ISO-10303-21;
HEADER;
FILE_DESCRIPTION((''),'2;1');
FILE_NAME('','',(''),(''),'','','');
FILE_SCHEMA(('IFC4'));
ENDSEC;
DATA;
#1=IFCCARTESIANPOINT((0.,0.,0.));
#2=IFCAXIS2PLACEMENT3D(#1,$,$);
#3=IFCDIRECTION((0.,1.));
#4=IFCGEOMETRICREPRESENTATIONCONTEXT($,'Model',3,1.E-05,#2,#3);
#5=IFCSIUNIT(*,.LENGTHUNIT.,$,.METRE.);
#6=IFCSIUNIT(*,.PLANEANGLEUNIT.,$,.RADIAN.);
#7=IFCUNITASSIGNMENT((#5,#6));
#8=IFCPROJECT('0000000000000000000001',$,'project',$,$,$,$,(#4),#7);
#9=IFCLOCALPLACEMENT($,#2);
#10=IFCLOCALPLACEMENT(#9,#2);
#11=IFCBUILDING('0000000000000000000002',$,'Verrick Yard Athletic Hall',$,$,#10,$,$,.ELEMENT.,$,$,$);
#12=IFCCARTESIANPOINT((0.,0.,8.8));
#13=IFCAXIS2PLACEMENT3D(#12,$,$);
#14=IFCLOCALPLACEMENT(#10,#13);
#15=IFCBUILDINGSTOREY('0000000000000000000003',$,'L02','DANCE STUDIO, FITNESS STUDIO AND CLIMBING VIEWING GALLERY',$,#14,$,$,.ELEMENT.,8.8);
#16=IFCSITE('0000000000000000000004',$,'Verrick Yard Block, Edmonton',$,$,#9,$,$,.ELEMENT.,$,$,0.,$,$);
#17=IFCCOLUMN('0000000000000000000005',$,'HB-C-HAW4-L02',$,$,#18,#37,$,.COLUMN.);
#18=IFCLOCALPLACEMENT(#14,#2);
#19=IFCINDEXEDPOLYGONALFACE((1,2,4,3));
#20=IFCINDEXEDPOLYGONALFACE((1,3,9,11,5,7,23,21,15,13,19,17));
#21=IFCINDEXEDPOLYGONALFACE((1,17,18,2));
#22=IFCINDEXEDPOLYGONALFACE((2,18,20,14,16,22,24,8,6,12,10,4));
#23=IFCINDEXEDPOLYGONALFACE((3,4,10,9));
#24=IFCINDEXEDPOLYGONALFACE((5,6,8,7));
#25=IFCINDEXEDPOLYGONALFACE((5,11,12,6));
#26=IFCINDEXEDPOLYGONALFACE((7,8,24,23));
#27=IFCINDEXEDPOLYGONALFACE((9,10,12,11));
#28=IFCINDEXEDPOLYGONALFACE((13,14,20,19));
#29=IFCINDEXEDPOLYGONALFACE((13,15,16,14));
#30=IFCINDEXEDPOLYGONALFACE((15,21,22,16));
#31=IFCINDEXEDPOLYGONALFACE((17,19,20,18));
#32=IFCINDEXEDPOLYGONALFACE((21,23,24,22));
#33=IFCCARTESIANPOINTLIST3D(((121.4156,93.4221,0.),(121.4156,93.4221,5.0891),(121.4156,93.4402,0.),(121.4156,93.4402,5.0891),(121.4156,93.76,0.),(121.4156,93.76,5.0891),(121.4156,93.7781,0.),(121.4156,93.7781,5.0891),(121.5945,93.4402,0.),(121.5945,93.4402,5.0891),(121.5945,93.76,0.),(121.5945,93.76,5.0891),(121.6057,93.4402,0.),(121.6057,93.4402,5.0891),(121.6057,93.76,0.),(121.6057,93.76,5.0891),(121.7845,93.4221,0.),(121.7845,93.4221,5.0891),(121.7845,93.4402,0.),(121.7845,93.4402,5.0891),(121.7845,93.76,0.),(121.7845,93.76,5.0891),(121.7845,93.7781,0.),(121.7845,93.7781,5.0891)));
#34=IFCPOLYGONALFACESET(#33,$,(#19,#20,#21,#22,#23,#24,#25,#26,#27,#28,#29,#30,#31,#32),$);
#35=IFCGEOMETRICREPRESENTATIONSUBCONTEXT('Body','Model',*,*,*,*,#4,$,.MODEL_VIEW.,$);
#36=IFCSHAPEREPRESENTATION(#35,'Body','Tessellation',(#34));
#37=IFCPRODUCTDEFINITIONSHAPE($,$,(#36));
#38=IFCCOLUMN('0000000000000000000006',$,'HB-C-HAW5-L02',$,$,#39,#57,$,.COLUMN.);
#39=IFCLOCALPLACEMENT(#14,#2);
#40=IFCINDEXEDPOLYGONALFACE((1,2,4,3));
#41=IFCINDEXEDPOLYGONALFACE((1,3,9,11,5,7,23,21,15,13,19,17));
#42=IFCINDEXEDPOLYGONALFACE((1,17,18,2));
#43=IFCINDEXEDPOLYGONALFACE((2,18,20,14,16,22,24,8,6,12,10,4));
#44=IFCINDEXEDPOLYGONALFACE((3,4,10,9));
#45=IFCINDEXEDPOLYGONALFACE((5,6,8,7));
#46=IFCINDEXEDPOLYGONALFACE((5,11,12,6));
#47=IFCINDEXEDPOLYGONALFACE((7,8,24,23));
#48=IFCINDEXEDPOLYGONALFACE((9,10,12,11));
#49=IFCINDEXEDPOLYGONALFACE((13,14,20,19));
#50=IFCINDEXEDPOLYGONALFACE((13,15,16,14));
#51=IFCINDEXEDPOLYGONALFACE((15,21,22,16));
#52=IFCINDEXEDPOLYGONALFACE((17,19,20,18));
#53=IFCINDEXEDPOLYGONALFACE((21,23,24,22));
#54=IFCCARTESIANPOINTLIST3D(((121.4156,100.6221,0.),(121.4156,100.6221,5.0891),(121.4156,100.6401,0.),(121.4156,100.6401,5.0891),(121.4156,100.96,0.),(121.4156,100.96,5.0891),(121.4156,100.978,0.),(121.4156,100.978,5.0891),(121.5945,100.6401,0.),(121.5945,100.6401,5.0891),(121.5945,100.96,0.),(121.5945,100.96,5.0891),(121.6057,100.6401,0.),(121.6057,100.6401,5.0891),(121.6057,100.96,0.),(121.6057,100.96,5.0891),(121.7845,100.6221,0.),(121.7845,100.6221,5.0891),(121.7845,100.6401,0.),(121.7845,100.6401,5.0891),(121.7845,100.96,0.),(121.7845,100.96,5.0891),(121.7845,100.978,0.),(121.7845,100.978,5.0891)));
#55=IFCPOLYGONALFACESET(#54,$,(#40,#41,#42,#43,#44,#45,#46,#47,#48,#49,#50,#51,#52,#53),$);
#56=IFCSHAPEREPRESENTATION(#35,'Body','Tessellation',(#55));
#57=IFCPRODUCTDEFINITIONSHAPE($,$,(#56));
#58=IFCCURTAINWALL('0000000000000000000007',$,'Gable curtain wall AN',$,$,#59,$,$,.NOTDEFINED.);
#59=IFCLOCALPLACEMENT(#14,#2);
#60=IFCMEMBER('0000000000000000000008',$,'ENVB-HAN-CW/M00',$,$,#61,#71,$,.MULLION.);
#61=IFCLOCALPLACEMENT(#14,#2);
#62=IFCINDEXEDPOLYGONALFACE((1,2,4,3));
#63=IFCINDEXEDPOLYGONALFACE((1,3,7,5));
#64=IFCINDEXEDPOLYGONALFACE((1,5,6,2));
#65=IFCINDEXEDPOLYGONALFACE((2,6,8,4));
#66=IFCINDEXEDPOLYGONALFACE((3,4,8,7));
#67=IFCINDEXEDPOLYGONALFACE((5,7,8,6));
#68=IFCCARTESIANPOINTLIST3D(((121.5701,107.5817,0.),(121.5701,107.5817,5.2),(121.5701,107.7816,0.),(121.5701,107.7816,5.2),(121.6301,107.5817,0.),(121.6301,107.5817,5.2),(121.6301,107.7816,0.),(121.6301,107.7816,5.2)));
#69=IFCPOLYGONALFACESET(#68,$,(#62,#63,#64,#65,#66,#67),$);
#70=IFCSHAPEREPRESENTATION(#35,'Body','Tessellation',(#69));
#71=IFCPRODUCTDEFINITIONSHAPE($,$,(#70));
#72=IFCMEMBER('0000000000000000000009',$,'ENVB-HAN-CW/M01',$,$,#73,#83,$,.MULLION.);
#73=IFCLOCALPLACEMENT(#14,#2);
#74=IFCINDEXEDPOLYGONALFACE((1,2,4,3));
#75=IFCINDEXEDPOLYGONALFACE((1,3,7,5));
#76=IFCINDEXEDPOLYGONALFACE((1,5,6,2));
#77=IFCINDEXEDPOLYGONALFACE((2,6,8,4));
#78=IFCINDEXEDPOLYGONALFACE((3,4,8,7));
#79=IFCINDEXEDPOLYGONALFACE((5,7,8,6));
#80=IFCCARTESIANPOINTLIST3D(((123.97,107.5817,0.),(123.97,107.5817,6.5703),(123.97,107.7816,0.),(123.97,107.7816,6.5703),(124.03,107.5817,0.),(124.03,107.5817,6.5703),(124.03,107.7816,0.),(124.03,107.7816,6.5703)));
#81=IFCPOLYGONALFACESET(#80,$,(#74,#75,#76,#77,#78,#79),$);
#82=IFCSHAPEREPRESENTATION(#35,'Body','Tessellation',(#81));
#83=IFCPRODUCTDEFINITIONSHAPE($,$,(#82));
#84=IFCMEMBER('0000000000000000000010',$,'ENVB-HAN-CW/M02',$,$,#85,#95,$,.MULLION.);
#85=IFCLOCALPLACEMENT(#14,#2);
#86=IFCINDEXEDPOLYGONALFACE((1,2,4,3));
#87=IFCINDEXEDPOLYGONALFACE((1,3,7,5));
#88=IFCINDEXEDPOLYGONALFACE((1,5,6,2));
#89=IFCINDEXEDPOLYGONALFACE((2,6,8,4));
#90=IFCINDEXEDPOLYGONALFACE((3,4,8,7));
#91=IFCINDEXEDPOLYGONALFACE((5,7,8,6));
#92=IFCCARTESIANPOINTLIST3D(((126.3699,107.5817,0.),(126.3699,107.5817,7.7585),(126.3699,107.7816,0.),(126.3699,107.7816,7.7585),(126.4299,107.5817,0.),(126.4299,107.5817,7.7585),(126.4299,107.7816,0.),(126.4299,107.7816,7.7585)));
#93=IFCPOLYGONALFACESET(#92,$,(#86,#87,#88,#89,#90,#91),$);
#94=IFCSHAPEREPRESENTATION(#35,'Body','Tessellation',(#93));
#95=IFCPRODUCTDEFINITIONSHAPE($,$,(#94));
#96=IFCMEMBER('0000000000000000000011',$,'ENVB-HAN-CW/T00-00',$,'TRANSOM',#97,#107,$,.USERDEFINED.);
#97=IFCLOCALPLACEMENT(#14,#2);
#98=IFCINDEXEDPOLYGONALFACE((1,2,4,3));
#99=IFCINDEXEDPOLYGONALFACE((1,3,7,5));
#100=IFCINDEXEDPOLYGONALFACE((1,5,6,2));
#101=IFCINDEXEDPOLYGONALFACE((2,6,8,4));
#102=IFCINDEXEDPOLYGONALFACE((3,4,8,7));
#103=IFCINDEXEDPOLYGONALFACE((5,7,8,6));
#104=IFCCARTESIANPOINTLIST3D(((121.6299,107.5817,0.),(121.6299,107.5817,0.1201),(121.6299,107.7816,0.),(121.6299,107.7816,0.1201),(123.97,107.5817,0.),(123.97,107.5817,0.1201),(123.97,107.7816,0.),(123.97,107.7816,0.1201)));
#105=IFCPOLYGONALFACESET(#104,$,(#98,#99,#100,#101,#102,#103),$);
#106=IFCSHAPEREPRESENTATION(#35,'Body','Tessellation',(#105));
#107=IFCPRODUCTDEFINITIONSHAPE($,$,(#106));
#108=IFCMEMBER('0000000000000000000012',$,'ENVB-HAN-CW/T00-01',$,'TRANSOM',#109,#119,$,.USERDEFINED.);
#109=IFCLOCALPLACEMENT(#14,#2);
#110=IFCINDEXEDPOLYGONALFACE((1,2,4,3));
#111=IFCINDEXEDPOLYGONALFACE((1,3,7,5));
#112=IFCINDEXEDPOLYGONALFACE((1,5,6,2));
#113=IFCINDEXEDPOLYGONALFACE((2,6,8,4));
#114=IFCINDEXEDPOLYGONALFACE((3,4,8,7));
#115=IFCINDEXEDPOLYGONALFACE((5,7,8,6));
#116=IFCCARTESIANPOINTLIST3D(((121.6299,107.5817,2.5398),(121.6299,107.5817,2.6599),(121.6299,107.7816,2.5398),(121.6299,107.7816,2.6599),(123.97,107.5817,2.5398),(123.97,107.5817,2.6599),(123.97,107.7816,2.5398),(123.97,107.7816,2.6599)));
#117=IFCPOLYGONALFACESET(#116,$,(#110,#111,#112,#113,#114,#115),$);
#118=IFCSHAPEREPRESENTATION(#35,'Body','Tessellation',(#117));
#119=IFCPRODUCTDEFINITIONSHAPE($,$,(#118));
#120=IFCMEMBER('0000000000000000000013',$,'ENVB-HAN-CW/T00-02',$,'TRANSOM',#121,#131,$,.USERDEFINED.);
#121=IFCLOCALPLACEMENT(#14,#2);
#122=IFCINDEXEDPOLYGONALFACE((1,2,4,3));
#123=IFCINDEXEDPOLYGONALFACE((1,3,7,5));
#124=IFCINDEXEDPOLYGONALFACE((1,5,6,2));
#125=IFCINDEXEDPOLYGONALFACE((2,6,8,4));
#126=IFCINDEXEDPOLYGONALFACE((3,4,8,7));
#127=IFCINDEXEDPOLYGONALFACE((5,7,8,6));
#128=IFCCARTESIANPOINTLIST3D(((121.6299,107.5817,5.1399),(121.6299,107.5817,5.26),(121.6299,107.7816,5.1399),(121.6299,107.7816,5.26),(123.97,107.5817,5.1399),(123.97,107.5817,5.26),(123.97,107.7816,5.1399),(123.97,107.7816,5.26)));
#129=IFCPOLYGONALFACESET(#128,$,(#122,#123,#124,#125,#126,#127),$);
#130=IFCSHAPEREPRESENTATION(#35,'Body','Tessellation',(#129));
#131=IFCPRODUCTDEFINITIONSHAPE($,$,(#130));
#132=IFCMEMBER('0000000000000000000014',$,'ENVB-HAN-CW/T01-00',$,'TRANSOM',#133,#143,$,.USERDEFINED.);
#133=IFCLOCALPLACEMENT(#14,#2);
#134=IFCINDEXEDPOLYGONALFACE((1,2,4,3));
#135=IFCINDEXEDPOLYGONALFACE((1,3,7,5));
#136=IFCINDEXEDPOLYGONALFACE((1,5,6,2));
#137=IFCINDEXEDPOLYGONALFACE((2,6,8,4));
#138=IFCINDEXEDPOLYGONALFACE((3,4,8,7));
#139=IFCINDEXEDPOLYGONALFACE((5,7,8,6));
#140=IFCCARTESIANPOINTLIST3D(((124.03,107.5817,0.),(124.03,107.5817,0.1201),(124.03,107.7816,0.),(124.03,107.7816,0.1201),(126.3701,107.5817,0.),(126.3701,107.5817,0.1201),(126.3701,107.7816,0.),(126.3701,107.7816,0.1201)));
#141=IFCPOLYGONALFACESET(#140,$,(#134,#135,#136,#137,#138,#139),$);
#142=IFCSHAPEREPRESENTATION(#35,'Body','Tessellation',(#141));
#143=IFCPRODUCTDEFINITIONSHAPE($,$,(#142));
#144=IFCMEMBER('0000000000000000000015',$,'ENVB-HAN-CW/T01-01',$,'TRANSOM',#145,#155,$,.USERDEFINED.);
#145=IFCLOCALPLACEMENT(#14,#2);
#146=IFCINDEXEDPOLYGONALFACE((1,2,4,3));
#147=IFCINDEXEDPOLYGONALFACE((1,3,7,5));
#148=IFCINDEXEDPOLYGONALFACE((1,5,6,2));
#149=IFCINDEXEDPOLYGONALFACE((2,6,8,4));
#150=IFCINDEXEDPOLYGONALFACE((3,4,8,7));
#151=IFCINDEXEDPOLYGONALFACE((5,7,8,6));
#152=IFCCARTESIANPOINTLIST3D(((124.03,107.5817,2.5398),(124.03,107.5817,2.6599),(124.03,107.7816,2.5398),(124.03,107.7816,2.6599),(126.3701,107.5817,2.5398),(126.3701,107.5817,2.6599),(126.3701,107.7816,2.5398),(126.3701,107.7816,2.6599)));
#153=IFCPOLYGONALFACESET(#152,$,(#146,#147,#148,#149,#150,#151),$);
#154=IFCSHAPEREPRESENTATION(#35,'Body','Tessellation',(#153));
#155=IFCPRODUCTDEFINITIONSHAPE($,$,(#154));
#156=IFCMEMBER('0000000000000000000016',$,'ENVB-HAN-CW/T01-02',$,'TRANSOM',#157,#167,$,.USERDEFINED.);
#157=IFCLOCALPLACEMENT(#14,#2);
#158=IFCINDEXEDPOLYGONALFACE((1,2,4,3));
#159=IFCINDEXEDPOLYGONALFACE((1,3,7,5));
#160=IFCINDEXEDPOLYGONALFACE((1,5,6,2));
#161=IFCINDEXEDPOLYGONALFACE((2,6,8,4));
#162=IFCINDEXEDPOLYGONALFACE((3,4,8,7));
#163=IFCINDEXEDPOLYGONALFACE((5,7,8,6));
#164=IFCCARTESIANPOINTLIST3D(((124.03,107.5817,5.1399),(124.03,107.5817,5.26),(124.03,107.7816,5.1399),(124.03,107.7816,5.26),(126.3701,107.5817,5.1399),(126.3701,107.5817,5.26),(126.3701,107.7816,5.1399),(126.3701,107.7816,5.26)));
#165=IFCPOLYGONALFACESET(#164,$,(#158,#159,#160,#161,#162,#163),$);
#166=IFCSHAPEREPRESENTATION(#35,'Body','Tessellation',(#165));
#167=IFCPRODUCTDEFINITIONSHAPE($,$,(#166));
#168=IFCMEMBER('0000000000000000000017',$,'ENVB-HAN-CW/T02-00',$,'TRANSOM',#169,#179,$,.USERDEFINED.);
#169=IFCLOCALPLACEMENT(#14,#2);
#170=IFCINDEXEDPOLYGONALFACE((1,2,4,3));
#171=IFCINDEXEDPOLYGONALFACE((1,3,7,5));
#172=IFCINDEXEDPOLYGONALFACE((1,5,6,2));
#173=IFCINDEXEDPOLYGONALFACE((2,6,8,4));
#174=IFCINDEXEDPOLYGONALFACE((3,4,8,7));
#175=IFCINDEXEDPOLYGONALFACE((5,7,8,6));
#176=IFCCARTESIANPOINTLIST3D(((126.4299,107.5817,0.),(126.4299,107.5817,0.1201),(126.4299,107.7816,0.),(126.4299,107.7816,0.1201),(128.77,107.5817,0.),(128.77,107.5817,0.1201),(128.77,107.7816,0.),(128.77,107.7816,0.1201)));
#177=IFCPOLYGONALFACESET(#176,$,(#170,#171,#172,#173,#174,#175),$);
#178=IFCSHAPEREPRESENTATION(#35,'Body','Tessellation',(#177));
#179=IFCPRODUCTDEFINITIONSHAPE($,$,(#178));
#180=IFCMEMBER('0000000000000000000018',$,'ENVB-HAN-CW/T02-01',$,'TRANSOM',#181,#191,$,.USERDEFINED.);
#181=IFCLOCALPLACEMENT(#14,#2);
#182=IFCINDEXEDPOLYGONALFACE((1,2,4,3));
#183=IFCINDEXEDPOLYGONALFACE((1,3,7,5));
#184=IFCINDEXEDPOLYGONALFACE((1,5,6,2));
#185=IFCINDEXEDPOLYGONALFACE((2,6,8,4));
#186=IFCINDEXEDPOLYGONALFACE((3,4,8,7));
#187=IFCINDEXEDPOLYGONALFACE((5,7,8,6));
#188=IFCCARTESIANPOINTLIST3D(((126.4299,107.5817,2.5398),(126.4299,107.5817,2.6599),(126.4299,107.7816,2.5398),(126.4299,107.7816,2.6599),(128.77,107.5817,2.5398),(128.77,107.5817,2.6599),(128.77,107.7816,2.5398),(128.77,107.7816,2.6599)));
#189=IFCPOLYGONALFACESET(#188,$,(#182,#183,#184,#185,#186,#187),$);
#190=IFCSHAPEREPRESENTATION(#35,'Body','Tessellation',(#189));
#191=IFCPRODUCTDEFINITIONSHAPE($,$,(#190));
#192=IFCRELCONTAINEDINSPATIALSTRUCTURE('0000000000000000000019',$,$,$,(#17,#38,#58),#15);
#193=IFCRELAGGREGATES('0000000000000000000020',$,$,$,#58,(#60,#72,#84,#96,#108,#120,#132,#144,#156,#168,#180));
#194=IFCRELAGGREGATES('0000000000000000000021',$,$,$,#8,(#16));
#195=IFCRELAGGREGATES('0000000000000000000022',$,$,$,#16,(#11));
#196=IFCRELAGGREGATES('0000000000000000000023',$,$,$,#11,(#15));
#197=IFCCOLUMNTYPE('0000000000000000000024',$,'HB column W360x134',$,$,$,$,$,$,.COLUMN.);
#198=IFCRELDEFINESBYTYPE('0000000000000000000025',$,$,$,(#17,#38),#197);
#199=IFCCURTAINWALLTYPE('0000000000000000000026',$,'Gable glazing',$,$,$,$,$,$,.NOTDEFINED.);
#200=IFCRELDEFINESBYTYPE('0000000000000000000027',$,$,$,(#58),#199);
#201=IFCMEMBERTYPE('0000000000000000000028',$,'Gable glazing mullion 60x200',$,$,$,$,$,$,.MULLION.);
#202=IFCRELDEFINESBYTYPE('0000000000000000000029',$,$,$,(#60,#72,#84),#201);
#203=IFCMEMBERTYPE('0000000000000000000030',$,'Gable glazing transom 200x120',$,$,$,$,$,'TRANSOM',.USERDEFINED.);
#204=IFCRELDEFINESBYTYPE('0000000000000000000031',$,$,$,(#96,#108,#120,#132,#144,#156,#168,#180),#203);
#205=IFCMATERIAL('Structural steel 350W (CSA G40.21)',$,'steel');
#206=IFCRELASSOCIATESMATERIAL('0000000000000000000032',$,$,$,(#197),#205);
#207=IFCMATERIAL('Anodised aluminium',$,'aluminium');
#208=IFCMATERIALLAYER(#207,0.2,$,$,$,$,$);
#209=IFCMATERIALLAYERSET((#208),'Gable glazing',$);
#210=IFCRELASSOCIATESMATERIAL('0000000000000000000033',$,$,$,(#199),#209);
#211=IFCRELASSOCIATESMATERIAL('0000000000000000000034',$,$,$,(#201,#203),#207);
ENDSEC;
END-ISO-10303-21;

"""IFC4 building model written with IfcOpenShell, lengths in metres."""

from ifc_helpers import new_model, si_unit, direction, frame, origin, origin_2d, place, context, subcontext, project, spatial, rectangle, i_section, extrude, material, layer, layer_set, material_profile, profile_set, type_object, element, aggregate, save


model = new_model("IFC4")

# Units and contexts
model_context = context("Model", 3, precision=1e-05, world=origin(), true_north=direction((0.0, 1.0)))
body_context = subcontext(model_context, "Body", "Model", "MODEL_VIEW")
ifc_project = project(units=[si_unit("LENGTHUNIT", "METRE"), si_unit("PLANEANGLEUNIT", "RADIAN")], contexts=[model_context])

# Site, building, storey
site_placement = place(None, origin())
site = spatial("IfcSite", under=ifc_project, at=site_placement, Name="Verrick Yard Block, Edmonton", CompositionType="ELEMENT", RefElevation=0.0)
building_placement = place(site_placement, origin())
building = spatial("IfcBuilding", under=site, at=building_placement, Name="Verrick Yard Athletic Hall", CompositionType="ELEMENT")
storey_placement = place(building_placement, frame((0.0, 0.0, 8.8)))
storey = spatial("IfcBuildingStorey", under=building, at=storey_placement, Name="L02", Description="DANCE STUDIO, FITNESS STUDIO AND CLIMBING VIEWING GALLERY", CompositionType="ELEMENT", Elevation=8.8)

# Columns
ifc_material_1 = material(Name="Structural steel 350W (CSA G40.21)", Category="steel")
ifc_material_profile_1 = material_profile(ifc_material_1, i_section(OverallWidth=0.3689, OverallDepth=0.356, WebThickness=0.0112, FlangeThickness=0.0181, at=origin_2d()), Name="W360x134")
ifc_profile_set_1 = profile_set([ifc_material_profile_1], Name="Structural steel 350W (CSA G40.21)")
column_type = type_object("IfcColumnType", Name="HB column W360x134", PredefinedType="COLUMN", material=ifc_profile_set_1)
for number, where, z_axis, x_axis, name in (
    (1, (121.6001, 93.6001, 0.0), (0.0, 0.0, 1.0), (1.0, 0.0, 0.0), "HB-C-HAW4-L02"),
    (2, (121.6001, 100.8, 0.0), (0.0, 0.0, 1.0), (1.0, 0.0, 0.0), "HB-C-HAW5-L02"),
):
    element("IfcColumn", number, at=place(storey_placement, frame(where, z_axis=z_axis, x_axis=x_axis)), inside=storey, type_object=column_type, Name=name, PredefinedType="COLUMN", context=body_context, shape_type="SweptSolid", body=[
        extrude(i_section(OverallWidth=0.3689, OverallDepth=0.356, WebThickness=0.0112, FlangeThickness=0.0181, at=origin_2d()), origin(), (0.0, 0.0, 1.0), 5.0891),
    ])

# Curtain wall, members
ifc_material_2 = material(Name="Anodised aluminium", Category="aluminium")
ifc_layer_1 = layer(ifc_material_2, 0.2)
ifc_layer_set_1 = layer_set([ifc_layer_1], Name="Gable glazing")
curtain_wall_type = type_object("IfcCurtainWallType", Name="Gable glazing", PredefinedType="NOTDEFINED", material=ifc_layer_set_1)
curtain_wall_placement = place(storey_placement, origin())
curtain_wall = element("IfcCurtainWall", 3, at=curtain_wall_placement, inside=storey, type_object=curtain_wall_type, Name="Gable curtain wall AN", PredefinedType="NOTDEFINED")
ifc_material_profile_2 = material_profile(ifc_material_2, rectangle(XDim=0.2, YDim=0.0601, at=origin_2d()), Name="CW gable mullion 60x200")
ifc_profile_set_2 = profile_set([ifc_material_profile_2], Name="Anodised aluminium")
member_type_1 = type_object("IfcMemberType", Name="Gable glazing mullion 60x200", PredefinedType="MULLION", material=ifc_profile_set_2)
member_1_placement = place(storey_placement, frame((121.6001, 107.6816, 0.0), z_axis=(0.0, 0.0, 1.0), x_axis=(0.0, 1.0, 0.0)))
member_1 = element("IfcMember", 4, at=member_1_placement, type_object=member_type_1, Name="ENVB-HAN-CW/M00", PredefinedType="MULLION", context=body_context, shape_type="SweptSolid", body=[
    extrude(rectangle(XDim=0.2, YDim=0.0601, at=origin_2d()), origin(), (0.0, 0.0, 1.0), 5.2),
])
member_2_placement = place(storey_placement, frame((124.0, 107.6816, 0.0), z_axis=(0.0, 0.0, 1.0), x_axis=(0.0, 1.0, 0.0)))
member_2 = element("IfcMember", 5, at=member_2_placement, type_object=member_type_1, Name="ENVB-HAN-CW/M01", PredefinedType="MULLION", context=body_context, shape_type="SweptSolid", body=[
    extrude(rectangle(XDim=0.2, YDim=0.0601, at=origin_2d()), origin(), (0.0, 0.0, 1.0), 6.5703),
])
member_3_placement = place(storey_placement, frame((126.3999, 107.6816, 0.0), z_axis=(0.0, 0.0, 1.0), x_axis=(0.0, 1.0, 0.0)))
member_3 = element("IfcMember", 6, at=member_3_placement, type_object=member_type_1, Name="ENVB-HAN-CW/M02", PredefinedType="MULLION", context=body_context, shape_type="SweptSolid", body=[
    extrude(rectangle(XDim=0.2, YDim=0.0601, at=origin_2d()), origin(), (0.0, 0.0, 1.0), 7.7585),
])
ifc_material_profile_3 = material_profile(ifc_material_2, rectangle(XDim=0.2, YDim=0.1201, at=origin_2d()), Name="CW gable transom 200x120")
ifc_profile_set_3 = profile_set([ifc_material_profile_3], Name="Anodised aluminium")
member_type_2 = type_object("IfcMemberType", Name="Gable glazing transom 200x120", ElementType="TRANSOM", PredefinedType="USERDEFINED", material=ifc_profile_set_3)
member_4_placement = place(storey_placement, frame((121.6299, 107.6816, 0.0601), z_axis=(1.0, 0.0, 0.0), x_axis=(0.0, 1.0, 0.0)))
member_4 = element("IfcMember", 7, at=member_4_placement, type_object=member_type_2, Name="ENVB-HAN-CW/T00-00", ObjectType="TRANSOM", PredefinedType="USERDEFINED", context=body_context, shape_type="SweptSolid", body=[
    extrude(rectangle(XDim=0.2, YDim=0.1201, at=origin_2d()), origin(), (0.0, 0.0, 1.0), 2.3401),
])
member_5_placement = place(storey_placement, frame((121.6299, 107.6816, 2.5999), z_axis=(1.0, 0.0, 0.0), x_axis=(0.0, 1.0, 0.0)))
member_5 = element("IfcMember", 8, at=member_5_placement, type_object=member_type_2, Name="ENVB-HAN-CW/T00-01", ObjectType="TRANSOM", PredefinedType="USERDEFINED", context=body_context, shape_type="SweptSolid", body=[
    extrude(rectangle(XDim=0.2, YDim=0.1201, at=origin_2d()), origin(), (0.0, 0.0, 1.0), 2.3401),
])
member_6_placement = place(storey_placement, frame((121.6299, 107.6816, 5.2), z_axis=(1.0, 0.0, 0.0), x_axis=(0.0, 1.0, 0.0)))
member_6 = element("IfcMember", 9, at=member_6_placement, type_object=member_type_2, Name="ENVB-HAN-CW/T00-02", ObjectType="TRANSOM", PredefinedType="USERDEFINED", context=body_context, shape_type="SweptSolid", body=[
    extrude(rectangle(XDim=0.2, YDim=0.1201, at=origin_2d()), origin(), (0.0, 0.0, 1.0), 2.3401),
])
member_7_placement = place(storey_placement, frame((124.03, 107.6816, 0.0601), z_axis=(1.0, 0.0, 0.0), x_axis=(0.0, 1.0, 0.0)))
member_7 = element("IfcMember", 10, at=member_7_placement, type_object=member_type_2, Name="ENVB-HAN-CW/T01-00", ObjectType="TRANSOM", PredefinedType="USERDEFINED", context=body_context, shape_type="SweptSolid", body=[
    extrude(rectangle(XDim=0.2, YDim=0.1201, at=origin_2d()), origin(), (0.0, 0.0, 1.0), 2.3401),
])
member_8_placement = place(storey_placement, frame((124.03, 107.6816, 2.5999), z_axis=(1.0, 0.0, 0.0), x_axis=(0.0, 1.0, 0.0)))
member_8 = element("IfcMember", 11, at=member_8_placement, type_object=member_type_2, Name="ENVB-HAN-CW/T01-01", ObjectType="TRANSOM", PredefinedType="USERDEFINED", context=body_context, shape_type="SweptSolid", body=[
    extrude(rectangle(XDim=0.2, YDim=0.1201, at=origin_2d()), origin(), (0.0, 0.0, 1.0), 2.3401),
])
member_9_placement = place(storey_placement, frame((124.03, 107.6816, 5.2), z_axis=(1.0, 0.0, 0.0), x_axis=(0.0, 1.0, 0.0)))
member_9 = element("IfcMember", 12, at=member_9_placement, type_object=member_type_2, Name="ENVB-HAN-CW/T01-02", ObjectType="TRANSOM", PredefinedType="USERDEFINED", context=body_context, shape_type="SweptSolid", body=[
    extrude(rectangle(XDim=0.2, YDim=0.1201, at=origin_2d()), origin(), (0.0, 0.0, 1.0), 2.3401),
])
member_10_placement = place(storey_placement, frame((126.4299, 107.6816, 0.0601), z_axis=(1.0, 0.0, 0.0), x_axis=(0.0, 1.0, 0.0)))
member_10 = element("IfcMember", 13, at=member_10_placement, type_object=member_type_2, Name="ENVB-HAN-CW/T02-00", ObjectType="TRANSOM", PredefinedType="USERDEFINED", context=body_context, shape_type="SweptSolid", body=[
    extrude(rectangle(XDim=0.2, YDim=0.1201, at=origin_2d()), origin(), (0.0, 0.0, 1.0), 2.3401),
])
member_11_placement = place(storey_placement, frame((126.4299, 107.6816, 2.5999), z_axis=(1.0, 0.0, 0.0), x_axis=(0.0, 1.0, 0.0)))
member_11 = element("IfcMember", 14, at=member_11_placement, type_object=member_type_2, Name="ENVB-HAN-CW/T02-01", ObjectType="TRANSOM", PredefinedType="USERDEFINED", context=body_context, shape_type="SweptSolid", body=[
    extrude(rectangle(XDim=0.2, YDim=0.1201, at=origin_2d()), origin(), (0.0, 0.0, 1.0), 2.3401),
])

aggregate(curtain_wall, [member_1, member_2, member_3, member_4, member_5, member_6, member_7, member_8, member_9, member_10, member_11])

save(model, "model.ifc")
